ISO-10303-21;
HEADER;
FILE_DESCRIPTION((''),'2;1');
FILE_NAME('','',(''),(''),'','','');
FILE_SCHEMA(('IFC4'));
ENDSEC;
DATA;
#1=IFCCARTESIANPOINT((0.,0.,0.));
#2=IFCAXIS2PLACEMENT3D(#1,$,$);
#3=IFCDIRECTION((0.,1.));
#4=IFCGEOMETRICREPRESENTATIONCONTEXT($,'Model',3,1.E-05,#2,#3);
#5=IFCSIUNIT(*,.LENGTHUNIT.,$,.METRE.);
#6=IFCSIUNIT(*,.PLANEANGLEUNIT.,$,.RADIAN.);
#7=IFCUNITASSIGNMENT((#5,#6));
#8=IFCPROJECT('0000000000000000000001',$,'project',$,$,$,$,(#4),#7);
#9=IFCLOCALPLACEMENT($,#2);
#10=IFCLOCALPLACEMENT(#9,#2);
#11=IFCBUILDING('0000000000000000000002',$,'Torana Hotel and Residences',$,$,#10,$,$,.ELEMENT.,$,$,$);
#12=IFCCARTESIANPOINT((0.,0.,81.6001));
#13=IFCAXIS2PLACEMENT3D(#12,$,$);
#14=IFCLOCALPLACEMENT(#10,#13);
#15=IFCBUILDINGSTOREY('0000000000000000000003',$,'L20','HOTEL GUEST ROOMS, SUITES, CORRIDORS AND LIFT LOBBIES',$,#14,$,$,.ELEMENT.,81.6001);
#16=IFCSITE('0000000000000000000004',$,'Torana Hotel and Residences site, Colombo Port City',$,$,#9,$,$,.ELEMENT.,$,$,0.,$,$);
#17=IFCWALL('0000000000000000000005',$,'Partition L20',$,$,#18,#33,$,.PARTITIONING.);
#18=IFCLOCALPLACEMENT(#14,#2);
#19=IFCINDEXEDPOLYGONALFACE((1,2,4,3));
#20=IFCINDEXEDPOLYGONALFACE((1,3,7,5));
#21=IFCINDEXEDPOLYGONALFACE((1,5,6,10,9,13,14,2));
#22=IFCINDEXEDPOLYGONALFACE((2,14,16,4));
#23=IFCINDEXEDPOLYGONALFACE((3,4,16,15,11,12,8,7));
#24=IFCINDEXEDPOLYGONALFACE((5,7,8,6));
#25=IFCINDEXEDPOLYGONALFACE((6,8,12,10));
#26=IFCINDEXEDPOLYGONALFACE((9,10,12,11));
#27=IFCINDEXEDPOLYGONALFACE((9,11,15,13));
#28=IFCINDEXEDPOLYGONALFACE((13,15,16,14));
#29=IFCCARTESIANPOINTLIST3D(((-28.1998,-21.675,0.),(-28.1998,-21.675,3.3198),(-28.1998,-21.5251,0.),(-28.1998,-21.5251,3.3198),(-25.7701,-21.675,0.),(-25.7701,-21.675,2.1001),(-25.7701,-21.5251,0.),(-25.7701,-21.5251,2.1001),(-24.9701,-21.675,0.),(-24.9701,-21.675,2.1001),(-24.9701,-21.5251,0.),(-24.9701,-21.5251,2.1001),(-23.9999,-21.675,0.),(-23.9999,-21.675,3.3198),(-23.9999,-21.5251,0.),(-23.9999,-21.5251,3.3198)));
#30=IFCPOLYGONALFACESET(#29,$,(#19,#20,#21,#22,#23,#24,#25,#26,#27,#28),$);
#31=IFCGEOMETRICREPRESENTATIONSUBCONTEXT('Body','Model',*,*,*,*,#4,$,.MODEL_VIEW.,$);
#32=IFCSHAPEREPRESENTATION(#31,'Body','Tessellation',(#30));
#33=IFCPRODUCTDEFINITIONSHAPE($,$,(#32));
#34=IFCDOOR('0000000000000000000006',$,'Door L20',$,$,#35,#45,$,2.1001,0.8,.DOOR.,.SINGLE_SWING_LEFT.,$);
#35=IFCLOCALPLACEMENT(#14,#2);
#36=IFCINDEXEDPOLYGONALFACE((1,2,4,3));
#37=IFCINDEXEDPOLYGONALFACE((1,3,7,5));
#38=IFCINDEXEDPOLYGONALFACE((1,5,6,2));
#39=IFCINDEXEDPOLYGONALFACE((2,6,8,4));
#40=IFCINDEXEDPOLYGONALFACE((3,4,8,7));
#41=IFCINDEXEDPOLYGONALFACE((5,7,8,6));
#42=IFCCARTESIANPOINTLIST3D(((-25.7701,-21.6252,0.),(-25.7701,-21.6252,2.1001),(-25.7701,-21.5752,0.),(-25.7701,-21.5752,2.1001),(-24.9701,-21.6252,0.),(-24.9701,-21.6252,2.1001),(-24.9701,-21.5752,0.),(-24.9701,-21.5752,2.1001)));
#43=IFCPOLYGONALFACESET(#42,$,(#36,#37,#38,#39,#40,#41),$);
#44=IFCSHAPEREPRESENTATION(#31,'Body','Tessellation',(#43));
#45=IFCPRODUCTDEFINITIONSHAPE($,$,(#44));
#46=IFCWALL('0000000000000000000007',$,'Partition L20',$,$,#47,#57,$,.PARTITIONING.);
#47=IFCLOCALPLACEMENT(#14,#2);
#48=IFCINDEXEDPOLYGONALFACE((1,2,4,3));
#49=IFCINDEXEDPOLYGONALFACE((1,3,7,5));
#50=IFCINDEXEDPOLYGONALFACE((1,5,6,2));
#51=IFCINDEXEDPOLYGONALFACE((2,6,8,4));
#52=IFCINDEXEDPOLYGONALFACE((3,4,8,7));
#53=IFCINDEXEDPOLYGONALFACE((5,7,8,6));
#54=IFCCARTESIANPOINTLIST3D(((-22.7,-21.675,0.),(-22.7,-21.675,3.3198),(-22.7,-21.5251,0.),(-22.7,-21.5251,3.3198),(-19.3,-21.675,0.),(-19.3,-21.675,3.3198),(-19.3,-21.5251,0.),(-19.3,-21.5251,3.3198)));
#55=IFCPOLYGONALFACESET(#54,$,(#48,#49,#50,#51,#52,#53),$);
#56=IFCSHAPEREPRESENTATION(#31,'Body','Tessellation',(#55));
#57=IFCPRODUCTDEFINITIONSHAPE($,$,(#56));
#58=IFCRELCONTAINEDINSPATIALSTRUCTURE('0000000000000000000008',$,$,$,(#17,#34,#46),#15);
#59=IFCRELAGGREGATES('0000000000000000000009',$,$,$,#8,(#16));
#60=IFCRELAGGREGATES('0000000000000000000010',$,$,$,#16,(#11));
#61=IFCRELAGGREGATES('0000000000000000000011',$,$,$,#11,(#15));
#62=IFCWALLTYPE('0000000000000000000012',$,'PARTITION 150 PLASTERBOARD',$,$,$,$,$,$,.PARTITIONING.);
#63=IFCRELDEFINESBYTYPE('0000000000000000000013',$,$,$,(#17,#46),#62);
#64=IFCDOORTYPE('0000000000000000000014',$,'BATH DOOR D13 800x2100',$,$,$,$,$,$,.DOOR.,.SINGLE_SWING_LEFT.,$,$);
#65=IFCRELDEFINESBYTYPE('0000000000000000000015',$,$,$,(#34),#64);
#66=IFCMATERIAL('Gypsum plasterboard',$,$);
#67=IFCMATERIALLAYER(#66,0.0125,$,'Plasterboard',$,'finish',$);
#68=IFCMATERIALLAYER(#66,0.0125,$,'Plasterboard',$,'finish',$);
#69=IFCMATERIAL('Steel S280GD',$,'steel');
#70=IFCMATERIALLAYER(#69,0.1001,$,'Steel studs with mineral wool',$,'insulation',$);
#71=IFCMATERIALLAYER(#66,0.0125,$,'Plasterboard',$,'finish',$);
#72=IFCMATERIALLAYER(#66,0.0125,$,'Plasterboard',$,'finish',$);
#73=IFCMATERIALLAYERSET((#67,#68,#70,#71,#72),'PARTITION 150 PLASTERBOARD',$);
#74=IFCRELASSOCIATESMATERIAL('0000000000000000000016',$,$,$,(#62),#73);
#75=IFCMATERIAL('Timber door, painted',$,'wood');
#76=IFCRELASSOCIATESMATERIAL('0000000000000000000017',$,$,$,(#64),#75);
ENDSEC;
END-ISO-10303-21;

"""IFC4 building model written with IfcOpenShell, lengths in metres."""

from ifc_helpers import new_model, si_unit, direction, frame, frame_2d, origin, place, context, subcontext, project, spatial, rectangle, extrude, material, layer, layer_set, type_object, element, fill, save


model = new_model("IFC4")

# Units and contexts
model_context = context("Model", 3, precision=1e-05, world=origin(), true_north=direction((0.0, 1.0)))
body_context = subcontext(model_context, "Body", "Model", "MODEL_VIEW")
ifc_project = project(units=[si_unit("LENGTHUNIT", "METRE"), si_unit("PLANEANGLEUNIT", "RADIAN")], contexts=[model_context])

# Site, building, storey
site_placement = place(None, origin())
site = spatial("IfcSite", under=ifc_project, at=site_placement, Name="Torana Hotel and Residences site, Colombo Port City", CompositionType="ELEMENT", RefElevation=0.0)
building_placement = place(site_placement, origin())
building = spatial("IfcBuilding", under=site, at=building_placement, Name="Torana Hotel and Residences", CompositionType="ELEMENT")
storey_placement = place(building_placement, frame((0.0, 0.0, 81.6001)))
storey = spatial("IfcBuildingStorey", under=building, at=storey_placement, Name="L20", Description="HOTEL GUEST ROOMS, SUITES, CORRIDORS AND LIFT LOBBIES", CompositionType="ELEMENT", Elevation=81.6001)

# Shared definitions
ifc_material_1 = material(Name="Gypsum plasterboard")
ifc_layer_1 = layer(ifc_material_1, 0.0125, Name="Plasterboard", Category="finish")
ifc_layer_2 = layer(ifc_material_1, 0.0125, Name="Plasterboard", Category="finish")
ifc_material_2 = material(Name="Steel S280GD", Category="steel")
ifc_layer_3 = layer(ifc_material_2, 0.1001, Name="Steel studs with mineral wool", Category="insulation")
ifc_layer_4 = layer(ifc_material_1, 0.0125, Name="Plasterboard", Category="finish")
ifc_layer_5 = layer(ifc_material_1, 0.0125, Name="Plasterboard", Category="finish")
ifc_layer_set = layer_set([ifc_layer_1, ifc_layer_2, ifc_layer_3, ifc_layer_4, ifc_layer_5], Name="PARTITION 150 PLASTERBOARD")
wall_type = type_object("IfcWallType", Name="PARTITION 150 PLASTERBOARD", PredefinedType="PARTITIONING", material=ifc_layer_set)
ifc_material_3 = material(Name="Timber door, painted", Category="wood")
door_type_1 = type_object("IfcDoorType", Name="BATH DOOR D13 800x2100", OperationType="SINGLE_SWING_LEFT", PredefinedType="DOOR", material=ifc_material_3)

# Wall, opening, door
wall_1_placement = place(storey_placement, frame((-28.2, -21.6001, 0.0), z_axis=(0.0, 0.0, 1.0), x_axis=(1.0, 0.0, 0.0)))
wall_1 = element("IfcWall", 1, at=wall_1_placement, inside=storey, type_object=wall_type, Name="Partition L20", PredefinedType="PARTITIONING", context=body_context, shape_type="SweptSolid", body=[
    extrude(rectangle(XDim=4.2, YDim=0.1499, at=frame_2d((2.1001, 0.0))), origin(), (0.0, 0.0, 1.0), 3.3198),
])
opening_1_placement = place(wall_1_placement, frame((2.4299, 0.0, 0.0)))
opening_1 = element("IfcOpeningElement", 2, at=opening_1_placement, cuts=wall_1, PredefinedType="OPENING", context=body_context, shape_type="SweptSolid", body=[
    extrude(rectangle(XDim=0.8, YDim=2.1001, at=frame_2d((0.3999, 1.05))), frame((0.0, 0.085, 0.0), z_axis=(0.0, -1.0, 0.0), x_axis=(1.0, 0.0, 0.0)), (0.0, 0.0, 1.0), 0.1699),
])
door_1_placement = place(opening_1_placement, origin())
door_1 = element("IfcDoor", 3, at=door_1_placement, inside=storey, type_object=door_type_1, Name="Door L20", OperationType="SINGLE_SWING_LEFT", OverallHeight=2.1001, OverallWidth=0.8, PredefinedType="DOOR", context=body_context, shape_type="SweptSolid", body=[
    extrude(rectangle(XDim=0.8, YDim=2.1001, at=frame_2d((0.3999, 1.05))), frame((0.0, 0.0249, 0.0), z_axis=(0.0, -1.0, 0.0), x_axis=(1.0, 0.0, 0.0)), (0.0, 0.0, 1.0), 0.05),
])
fill(opening_1, door_1)

# Wall
wall_2_placement = place(storey_placement, frame((-22.7, -21.6001, 0.0), z_axis=(0.0, 0.0, 1.0), x_axis=(1.0, 0.0, 0.0)))
element("IfcWall", 4, at=wall_2_placement, inside=storey, type_object=wall_type, Name="Partition L20", PredefinedType="PARTITIONING", context=body_context, shape_type="SweptSolid", body=[
    extrude(rectangle(XDim=3.3999, YDim=0.1499, at=frame_2d((1.7, 0.0))), origin(), (0.0, 0.0, 1.0), 3.3198),
])

save(model, "model.ifc")
